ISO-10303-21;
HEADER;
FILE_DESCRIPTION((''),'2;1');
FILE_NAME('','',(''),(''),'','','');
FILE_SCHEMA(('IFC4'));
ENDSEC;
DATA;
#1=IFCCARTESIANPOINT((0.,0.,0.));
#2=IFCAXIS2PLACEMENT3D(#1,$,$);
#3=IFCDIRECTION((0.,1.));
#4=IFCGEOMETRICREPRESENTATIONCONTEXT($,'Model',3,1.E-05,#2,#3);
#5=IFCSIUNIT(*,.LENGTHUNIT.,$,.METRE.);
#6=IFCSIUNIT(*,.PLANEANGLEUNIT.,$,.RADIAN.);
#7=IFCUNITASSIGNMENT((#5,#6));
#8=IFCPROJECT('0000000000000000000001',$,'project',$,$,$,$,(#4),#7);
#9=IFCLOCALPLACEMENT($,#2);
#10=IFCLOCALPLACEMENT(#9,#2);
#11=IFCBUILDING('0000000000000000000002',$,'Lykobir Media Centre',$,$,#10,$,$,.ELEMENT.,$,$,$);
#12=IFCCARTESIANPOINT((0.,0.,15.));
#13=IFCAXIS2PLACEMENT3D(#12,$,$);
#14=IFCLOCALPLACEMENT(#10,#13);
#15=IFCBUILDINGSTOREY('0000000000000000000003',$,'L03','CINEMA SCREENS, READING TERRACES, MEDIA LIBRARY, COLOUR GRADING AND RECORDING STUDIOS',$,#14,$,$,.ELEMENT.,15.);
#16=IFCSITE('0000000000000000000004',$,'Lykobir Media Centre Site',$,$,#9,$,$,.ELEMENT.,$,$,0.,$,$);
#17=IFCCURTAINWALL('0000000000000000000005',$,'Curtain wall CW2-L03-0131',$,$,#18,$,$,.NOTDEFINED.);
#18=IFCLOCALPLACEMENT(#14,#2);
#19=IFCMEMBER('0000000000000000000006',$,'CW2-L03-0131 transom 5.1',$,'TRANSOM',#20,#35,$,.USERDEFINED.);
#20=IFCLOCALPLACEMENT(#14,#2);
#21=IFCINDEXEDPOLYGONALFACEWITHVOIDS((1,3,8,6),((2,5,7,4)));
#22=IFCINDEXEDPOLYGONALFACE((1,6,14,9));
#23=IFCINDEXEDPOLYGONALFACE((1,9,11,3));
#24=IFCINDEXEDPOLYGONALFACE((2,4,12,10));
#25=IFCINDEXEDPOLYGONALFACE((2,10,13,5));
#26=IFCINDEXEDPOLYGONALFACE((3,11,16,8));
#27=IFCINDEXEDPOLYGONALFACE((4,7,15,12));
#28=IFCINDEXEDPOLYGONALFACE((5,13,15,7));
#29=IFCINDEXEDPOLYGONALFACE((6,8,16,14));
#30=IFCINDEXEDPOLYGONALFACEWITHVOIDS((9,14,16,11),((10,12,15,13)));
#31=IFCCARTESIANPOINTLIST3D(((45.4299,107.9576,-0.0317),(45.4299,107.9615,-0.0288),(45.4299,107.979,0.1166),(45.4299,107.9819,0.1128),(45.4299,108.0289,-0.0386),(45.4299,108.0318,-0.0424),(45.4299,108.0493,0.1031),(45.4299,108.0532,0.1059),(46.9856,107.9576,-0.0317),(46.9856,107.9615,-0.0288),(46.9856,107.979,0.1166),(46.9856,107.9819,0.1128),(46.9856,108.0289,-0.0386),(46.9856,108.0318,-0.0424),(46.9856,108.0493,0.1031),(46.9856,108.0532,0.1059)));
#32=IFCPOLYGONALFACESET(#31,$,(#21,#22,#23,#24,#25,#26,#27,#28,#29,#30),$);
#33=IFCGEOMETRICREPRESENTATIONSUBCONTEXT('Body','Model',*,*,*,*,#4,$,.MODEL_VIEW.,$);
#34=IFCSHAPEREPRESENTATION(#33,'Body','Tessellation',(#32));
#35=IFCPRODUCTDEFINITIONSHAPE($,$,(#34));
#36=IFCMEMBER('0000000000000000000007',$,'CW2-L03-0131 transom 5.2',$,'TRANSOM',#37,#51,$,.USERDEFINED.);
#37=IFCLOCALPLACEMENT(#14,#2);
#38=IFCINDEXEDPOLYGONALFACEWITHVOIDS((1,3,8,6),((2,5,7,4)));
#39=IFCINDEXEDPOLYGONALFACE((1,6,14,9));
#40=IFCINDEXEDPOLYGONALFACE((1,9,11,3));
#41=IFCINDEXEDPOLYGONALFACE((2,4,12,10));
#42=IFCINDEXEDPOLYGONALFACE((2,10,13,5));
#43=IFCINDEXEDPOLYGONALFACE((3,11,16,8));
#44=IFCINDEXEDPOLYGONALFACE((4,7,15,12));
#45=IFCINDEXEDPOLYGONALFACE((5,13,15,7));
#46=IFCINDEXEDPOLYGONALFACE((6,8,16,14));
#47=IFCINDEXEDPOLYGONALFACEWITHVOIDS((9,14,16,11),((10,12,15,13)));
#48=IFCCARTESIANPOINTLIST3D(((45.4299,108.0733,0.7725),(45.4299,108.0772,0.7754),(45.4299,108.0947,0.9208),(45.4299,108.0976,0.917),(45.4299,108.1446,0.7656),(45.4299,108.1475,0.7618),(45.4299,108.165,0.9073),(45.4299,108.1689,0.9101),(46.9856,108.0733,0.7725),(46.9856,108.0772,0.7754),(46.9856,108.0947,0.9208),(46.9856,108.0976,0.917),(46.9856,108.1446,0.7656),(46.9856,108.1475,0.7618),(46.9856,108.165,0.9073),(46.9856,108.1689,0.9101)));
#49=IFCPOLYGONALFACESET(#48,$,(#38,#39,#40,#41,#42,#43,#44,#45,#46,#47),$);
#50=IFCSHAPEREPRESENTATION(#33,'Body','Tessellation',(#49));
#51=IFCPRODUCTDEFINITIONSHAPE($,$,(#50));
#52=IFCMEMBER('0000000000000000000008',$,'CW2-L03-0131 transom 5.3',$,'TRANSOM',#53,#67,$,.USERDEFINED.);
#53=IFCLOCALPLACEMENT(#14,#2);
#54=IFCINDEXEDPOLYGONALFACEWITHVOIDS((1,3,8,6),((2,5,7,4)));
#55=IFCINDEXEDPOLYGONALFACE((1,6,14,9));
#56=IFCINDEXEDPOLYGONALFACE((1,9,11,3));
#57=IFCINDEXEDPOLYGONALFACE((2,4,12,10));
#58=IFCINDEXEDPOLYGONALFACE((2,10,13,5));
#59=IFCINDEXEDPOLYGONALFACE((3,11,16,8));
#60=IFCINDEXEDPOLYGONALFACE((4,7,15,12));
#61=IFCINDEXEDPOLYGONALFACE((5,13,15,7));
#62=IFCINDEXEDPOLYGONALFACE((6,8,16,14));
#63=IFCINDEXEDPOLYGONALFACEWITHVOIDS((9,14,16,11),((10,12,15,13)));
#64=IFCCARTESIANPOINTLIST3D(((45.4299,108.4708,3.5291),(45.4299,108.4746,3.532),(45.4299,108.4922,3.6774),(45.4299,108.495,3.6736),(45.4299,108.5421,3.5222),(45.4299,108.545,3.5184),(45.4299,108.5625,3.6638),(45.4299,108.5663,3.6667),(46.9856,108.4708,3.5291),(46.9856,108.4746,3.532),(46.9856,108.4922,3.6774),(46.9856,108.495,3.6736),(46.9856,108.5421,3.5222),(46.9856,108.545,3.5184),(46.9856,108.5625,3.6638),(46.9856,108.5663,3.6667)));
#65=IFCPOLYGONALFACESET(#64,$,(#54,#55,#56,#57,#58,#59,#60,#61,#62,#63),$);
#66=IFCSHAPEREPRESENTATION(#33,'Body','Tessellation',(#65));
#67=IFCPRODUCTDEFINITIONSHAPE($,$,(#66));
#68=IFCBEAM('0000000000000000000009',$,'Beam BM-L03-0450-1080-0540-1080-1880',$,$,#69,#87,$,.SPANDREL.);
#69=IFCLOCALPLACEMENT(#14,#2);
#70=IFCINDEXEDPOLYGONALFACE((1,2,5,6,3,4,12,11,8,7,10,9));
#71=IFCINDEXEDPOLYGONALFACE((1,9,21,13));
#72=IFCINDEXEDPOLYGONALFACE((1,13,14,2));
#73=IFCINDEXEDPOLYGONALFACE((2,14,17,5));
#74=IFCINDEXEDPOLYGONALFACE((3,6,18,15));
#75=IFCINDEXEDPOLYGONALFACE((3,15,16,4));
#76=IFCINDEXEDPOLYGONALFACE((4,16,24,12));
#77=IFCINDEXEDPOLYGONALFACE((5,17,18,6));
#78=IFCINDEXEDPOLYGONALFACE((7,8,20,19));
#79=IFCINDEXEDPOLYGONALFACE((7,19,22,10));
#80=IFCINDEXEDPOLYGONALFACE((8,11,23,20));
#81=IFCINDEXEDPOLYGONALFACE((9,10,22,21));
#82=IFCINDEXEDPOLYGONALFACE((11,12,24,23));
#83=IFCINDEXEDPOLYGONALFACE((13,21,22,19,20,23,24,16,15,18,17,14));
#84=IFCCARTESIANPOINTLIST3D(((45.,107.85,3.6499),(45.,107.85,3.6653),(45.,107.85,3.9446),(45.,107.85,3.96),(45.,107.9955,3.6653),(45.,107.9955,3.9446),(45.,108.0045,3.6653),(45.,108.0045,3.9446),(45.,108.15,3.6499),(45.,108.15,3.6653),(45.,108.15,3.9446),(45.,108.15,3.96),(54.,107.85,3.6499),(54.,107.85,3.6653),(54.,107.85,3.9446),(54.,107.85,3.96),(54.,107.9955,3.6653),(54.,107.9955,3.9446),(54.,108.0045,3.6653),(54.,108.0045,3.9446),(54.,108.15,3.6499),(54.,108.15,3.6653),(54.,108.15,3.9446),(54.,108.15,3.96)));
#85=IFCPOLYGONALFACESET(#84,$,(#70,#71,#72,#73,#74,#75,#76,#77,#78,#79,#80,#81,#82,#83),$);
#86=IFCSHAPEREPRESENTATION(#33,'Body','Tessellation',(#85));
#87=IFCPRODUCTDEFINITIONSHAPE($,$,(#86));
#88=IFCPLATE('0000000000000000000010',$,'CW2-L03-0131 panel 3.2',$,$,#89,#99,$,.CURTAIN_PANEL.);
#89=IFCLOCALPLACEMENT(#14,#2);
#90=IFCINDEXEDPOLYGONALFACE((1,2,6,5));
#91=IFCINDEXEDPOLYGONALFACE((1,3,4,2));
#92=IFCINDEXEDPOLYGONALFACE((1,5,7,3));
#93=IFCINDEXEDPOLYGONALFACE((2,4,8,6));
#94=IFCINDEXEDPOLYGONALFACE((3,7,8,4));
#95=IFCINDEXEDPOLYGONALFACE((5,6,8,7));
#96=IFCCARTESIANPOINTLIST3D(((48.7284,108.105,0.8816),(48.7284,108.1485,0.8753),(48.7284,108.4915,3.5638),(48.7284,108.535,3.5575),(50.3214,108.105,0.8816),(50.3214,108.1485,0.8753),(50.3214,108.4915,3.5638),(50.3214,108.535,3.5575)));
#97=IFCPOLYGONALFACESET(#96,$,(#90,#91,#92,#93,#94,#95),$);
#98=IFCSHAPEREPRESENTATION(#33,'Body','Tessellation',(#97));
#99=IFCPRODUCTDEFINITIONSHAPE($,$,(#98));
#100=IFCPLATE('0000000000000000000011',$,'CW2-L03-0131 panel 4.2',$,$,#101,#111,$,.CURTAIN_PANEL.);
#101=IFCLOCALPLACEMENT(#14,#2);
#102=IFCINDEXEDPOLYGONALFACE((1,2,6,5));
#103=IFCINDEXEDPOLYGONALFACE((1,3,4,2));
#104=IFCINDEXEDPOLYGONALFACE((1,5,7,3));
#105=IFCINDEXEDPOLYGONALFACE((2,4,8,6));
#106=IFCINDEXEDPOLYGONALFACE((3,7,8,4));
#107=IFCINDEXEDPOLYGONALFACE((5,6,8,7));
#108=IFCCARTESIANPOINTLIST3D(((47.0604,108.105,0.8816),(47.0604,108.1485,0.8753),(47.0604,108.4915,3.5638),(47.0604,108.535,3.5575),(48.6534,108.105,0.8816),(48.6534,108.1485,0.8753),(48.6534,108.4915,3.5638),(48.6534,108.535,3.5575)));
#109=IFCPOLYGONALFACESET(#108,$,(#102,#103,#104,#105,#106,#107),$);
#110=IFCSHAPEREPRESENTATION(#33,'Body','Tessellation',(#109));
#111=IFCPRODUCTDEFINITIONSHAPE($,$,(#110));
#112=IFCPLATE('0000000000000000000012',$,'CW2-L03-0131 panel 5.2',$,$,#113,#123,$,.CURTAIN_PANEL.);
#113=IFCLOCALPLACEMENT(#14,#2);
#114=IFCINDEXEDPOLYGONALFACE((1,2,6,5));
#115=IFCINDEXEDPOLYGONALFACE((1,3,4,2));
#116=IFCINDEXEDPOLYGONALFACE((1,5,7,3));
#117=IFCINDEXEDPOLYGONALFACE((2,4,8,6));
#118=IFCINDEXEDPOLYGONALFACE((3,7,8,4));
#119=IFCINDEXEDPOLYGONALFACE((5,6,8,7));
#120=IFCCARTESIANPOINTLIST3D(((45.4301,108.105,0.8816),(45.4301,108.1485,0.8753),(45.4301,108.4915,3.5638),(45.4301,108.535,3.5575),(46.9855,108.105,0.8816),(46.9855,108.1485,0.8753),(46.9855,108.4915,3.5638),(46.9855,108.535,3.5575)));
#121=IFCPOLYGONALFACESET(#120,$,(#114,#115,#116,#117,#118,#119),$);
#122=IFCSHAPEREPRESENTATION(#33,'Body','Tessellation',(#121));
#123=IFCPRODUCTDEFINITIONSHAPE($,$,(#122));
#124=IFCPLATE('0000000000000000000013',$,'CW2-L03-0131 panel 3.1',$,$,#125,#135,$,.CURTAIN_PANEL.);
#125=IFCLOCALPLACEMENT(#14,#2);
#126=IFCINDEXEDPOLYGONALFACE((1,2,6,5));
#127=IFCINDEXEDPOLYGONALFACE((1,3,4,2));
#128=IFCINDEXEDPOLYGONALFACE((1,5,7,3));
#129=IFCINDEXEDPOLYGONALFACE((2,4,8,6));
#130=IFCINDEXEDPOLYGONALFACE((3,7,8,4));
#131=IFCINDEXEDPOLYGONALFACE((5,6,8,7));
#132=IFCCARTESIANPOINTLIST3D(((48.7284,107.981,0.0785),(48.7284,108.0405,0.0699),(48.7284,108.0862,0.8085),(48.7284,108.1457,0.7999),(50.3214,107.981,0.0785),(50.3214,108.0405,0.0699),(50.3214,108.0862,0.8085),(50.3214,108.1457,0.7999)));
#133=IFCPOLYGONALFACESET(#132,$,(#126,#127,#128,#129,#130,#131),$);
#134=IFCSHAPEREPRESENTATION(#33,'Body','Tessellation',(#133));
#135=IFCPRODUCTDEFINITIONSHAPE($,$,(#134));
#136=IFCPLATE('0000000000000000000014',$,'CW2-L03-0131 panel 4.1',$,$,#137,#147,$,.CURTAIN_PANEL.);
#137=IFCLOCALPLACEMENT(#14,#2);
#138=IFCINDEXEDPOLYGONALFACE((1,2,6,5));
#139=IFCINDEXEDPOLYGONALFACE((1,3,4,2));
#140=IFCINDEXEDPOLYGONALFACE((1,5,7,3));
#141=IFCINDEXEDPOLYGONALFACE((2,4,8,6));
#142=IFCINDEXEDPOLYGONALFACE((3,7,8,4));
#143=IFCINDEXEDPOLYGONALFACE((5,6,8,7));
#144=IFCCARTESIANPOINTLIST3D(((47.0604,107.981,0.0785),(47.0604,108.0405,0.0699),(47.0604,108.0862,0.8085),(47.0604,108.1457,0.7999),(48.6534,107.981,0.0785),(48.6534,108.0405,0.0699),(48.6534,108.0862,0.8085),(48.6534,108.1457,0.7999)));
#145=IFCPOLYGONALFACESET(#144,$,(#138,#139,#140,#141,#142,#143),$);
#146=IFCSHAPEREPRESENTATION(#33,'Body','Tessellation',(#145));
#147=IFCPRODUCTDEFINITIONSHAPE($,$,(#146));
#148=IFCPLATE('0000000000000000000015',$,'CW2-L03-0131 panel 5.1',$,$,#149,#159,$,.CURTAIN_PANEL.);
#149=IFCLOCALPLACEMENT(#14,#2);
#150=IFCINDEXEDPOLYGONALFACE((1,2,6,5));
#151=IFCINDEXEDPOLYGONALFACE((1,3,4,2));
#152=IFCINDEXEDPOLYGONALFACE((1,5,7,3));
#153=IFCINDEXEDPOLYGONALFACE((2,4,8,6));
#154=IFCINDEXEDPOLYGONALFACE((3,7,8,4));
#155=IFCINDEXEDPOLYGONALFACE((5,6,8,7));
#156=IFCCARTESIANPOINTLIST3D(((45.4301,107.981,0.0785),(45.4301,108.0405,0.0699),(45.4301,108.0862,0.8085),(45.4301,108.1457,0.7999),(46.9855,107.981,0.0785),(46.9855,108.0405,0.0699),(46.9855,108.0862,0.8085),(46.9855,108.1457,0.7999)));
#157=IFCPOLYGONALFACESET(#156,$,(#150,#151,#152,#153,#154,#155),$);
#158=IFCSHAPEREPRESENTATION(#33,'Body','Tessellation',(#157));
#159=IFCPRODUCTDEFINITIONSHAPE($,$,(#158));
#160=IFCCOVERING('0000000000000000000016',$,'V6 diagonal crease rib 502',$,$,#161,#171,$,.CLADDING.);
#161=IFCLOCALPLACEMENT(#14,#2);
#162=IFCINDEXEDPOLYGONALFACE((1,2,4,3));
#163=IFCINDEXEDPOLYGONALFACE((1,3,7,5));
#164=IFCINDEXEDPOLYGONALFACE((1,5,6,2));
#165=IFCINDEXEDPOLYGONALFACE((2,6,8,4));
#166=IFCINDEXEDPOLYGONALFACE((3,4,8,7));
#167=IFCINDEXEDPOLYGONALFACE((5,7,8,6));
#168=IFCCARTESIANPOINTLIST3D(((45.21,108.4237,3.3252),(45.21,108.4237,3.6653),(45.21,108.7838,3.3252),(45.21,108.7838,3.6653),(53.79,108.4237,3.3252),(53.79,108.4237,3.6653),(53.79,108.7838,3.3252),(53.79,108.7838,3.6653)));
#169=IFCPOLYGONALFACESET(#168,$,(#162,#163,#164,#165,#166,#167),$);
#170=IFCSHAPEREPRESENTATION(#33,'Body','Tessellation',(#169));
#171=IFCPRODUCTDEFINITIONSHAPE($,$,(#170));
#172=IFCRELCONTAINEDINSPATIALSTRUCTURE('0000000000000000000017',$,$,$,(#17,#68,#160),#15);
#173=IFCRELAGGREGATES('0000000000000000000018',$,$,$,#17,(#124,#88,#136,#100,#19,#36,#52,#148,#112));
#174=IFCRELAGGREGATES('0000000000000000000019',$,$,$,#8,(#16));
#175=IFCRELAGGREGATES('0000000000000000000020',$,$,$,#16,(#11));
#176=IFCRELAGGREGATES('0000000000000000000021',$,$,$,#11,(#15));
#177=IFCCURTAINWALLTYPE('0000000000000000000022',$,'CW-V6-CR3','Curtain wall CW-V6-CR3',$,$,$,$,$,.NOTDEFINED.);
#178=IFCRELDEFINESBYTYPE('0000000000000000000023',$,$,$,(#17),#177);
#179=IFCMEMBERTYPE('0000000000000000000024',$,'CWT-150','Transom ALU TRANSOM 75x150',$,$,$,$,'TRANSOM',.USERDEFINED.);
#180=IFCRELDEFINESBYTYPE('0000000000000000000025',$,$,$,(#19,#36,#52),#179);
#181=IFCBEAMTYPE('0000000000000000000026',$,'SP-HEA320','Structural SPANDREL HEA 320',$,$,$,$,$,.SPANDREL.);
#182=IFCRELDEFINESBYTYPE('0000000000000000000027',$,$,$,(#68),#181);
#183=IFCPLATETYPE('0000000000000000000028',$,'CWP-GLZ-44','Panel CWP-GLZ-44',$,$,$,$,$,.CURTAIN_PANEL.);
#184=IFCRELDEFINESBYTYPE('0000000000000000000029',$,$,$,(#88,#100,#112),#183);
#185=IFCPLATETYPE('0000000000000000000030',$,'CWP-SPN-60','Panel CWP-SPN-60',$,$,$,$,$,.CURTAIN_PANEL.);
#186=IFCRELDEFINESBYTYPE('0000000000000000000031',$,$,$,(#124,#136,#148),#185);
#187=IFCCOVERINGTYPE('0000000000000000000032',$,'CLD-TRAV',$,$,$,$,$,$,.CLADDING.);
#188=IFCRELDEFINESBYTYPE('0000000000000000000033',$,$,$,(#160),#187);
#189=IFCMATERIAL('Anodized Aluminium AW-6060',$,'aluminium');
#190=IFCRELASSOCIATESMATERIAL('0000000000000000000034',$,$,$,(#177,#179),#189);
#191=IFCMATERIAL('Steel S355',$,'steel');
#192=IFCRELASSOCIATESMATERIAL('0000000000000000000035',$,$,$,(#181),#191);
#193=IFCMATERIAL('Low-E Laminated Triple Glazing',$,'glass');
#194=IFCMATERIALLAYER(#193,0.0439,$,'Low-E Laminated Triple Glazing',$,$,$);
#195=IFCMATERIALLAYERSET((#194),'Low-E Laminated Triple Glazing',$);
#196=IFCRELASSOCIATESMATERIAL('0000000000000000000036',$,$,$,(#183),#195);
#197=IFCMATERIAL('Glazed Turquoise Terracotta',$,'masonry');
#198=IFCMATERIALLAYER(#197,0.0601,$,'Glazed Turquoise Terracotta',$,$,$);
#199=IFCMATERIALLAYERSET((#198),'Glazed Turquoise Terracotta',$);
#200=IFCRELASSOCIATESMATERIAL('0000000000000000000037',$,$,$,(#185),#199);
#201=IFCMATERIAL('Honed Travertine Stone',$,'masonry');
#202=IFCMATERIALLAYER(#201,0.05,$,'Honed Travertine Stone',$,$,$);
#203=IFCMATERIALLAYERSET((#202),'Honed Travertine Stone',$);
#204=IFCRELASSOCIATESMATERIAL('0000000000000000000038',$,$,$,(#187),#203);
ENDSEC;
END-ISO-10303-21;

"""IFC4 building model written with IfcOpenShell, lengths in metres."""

from ifc_helpers import new_model, si_unit, direction, frame, origin, origin_2d, place, context, subcontext, project, spatial, rectangle, hollow_rectangle, i_section, extrude, material, layer, layer_set, material_profile, profile_set, type_object, element, aggregate, save


model = new_model("IFC4")

# Units and contexts
model_context = context("Model", 3, precision=1e-05, world=origin(), true_north=direction((0.0, 1.0)))
body_context = subcontext(model_context, "Body", "Model", "MODEL_VIEW")
ifc_project = project(units=[si_unit("LENGTHUNIT", "METRE"), si_unit("PLANEANGLEUNIT", "RADIAN")], contexts=[model_context])

# Site, building, storey
site_placement = place(None, origin())
site = spatial("IfcSite", under=ifc_project, at=site_placement, Name="Lykobir Media Centre Site", CompositionType="ELEMENT", RefElevation=0.0)
building_placement = place(site_placement, origin())
building = spatial("IfcBuilding", under=site, at=building_placement, Name="Lykobir Media Centre", CompositionType="ELEMENT")
storey_placement = place(building_placement, frame((0.0, 0.0, 15.0)))
storey = spatial("IfcBuildingStorey", under=building, at=storey_placement, Name="L03", Description="CINEMA SCREENS, READING TERRACES, MEDIA LIBRARY, COLOUR GRADING AND RECORDING STUDIOS", CompositionType="ELEMENT", Elevation=15.0)

# Curtain wall, members
ifc_material_1 = material(Name="Anodized Aluminium AW-6060", Category="aluminium")
curtain_wall_type = type_object("IfcCurtainWallType", Name="CW-V6-CR3", Description="Curtain wall CW-V6-CR3", PredefinedType="NOTDEFINED", material=ifc_material_1)
curtain_wall_placement = place(storey_placement, origin())
curtain_wall = element("IfcCurtainWall", 1, at=curtain_wall_placement, inside=storey, type_object=curtain_wall_type, Name="Curtain wall CW2-L03-0131", PredefinedType="NOTDEFINED")
ifc_material_profile_1 = material_profile(ifc_material_1, hollow_rectangle(XDim=0.075, YDim=0.1499, WallThickness=0.0034, at=origin_2d()), Name="ALU TRANSOM 75x150")
ifc_profile_set_1 = profile_set([ifc_material_profile_1], Name="Anodized Aluminium AW-6060")
member_type_1 = type_object("IfcMemberType", Name="CWT-150", Description="Transom ALU TRANSOM 75x150", ElementType="TRANSOM", PredefinedType="USERDEFINED", material=ifc_profile_set_1)
member_1_placement = place(storey_placement, frame((46.9856, 108.0054, 0.0371), z_axis=(-1.0, 0.0, 0.0), x_axis=(0.0, -0.989776, 0.142629)))
member_1 = element("IfcMember", 2, at=member_1_placement, type_object=member_type_1, Name="CW2-L03-0131 transom 5.1", ObjectType="TRANSOM", PredefinedType="USERDEFINED", context=body_context, shape_type="SweptSolid", body=[
    extrude(hollow_rectangle(XDim=0.075, YDim=0.1499, WallThickness=0.0034, at=origin_2d()), origin(), (0.0, 0.0, 1.0), 1.5557),
])
member_2_placement = place(storey_placement, frame((46.9856, 108.1211, 0.8413), z_axis=(-1.0, 0.0, 0.0), x_axis=(0.0, -0.989776, 0.142629)))
member_2 = element("IfcMember", 3, at=member_2_placement, type_object=member_type_1, Name="CW2-L03-0131 transom 5.2", ObjectType="TRANSOM", PredefinedType="USERDEFINED", context=body_context, shape_type="SweptSolid", body=[
    extrude(hollow_rectangle(XDim=0.075, YDim=0.1499, WallThickness=0.0034, at=origin_2d()), origin(), (0.0, 0.0, 1.0), 1.5557),
])
member_3_placement = place(storey_placement, frame((46.9856, 108.5186, 3.5979), z_axis=(-1.0, 0.0, 0.0), x_axis=(0.0, -0.989776, 0.142629)))
member_3 = element("IfcMember", 4, at=member_3_placement, type_object=member_type_1, Name="CW2-L03-0131 transom 5.3", ObjectType="TRANSOM", PredefinedType="USERDEFINED", context=body_context, shape_type="SweptSolid", body=[
    extrude(hollow_rectangle(XDim=0.075, YDim=0.1499, WallThickness=0.0034, at=origin_2d()), origin(), (0.0, 0.0, 1.0), 1.5557),
])

# Beam
ifc_material_2 = material(Name="Steel S355", Category="steel")
ifc_material_profile_2 = material_profile(ifc_material_2, i_section(OverallWidth=0.3, OverallDepth=0.3101, WebThickness=0.009, FlangeThickness=0.0154, at=origin_2d()), Name="HEA 320")
ifc_profile_set_2 = profile_set([ifc_material_profile_2], Name="Steel S355")
beam_type = type_object("IfcBeamType", Name="SP-HEA320", Description="Structural SPANDREL HEA 320", PredefinedType="SPANDREL", material=ifc_profile_set_2)
beam_placement = place(storey_placement, frame((45.0, 108.0, 3.8049), z_axis=(1.0, 0.0, 0.0), x_axis=(0.0, 1.0, 0.0)))
element("IfcBeam", 5, at=beam_placement, inside=storey, type_object=beam_type, Name="Beam BM-L03-0450-1080-0540-1080-1880", PredefinedType="SPANDREL", context=body_context, shape_type="SweptSolid", body=[
    extrude(i_section(OverallWidth=0.3, OverallDepth=0.3101, WebThickness=0.009, FlangeThickness=0.0154, at=origin_2d()), origin(), (0.0, 0.0, 1.0), 9.0),
])

# Plates
ifc_material_3 = material(Name="Low-E Laminated Triple Glazing", Category="glass")
ifc_layer_1 = layer(ifc_material_3, 0.0439, Name="Low-E Laminated Triple Glazing")
ifc_layer_set_1 = layer_set([ifc_layer_1], Name="Low-E Laminated Triple Glazing")
plate_type_1 = type_object("IfcPlateType", Name="CWP-GLZ-44", Description="Panel CWP-GLZ-44", PredefinedType="CURTAIN_PANEL", material=ifc_layer_set_1)
plate_1_placement = place(storey_placement, frame((49.5249, 108.1267, 0.8784), z_axis=(0.0, 0.142629, 0.989776), x_axis=(-1.0, 0.0, 0.0)))
plate_1 = element("IfcPlate", 6, at=plate_1_placement, type_object=plate_type_1, Name="CW2-L03-0131 panel 3.2", PredefinedType="CURTAIN_PANEL", context=body_context, shape_type="SweptSolid", body=[
    extrude(rectangle(XDim=1.593, YDim=0.0439, at=origin_2d()), origin(), (0.0, 0.0, 1.0), 2.71),
])
plate_2_placement = place(storey_placement, frame((47.8569, 108.1267, 0.8784), z_axis=(0.0, 0.142629, 0.989776), x_axis=(-1.0, 0.0, 0.0)))
plate_2 = element("IfcPlate", 7, at=plate_2_placement, type_object=plate_type_1, Name="CW2-L03-0131 panel 4.2", PredefinedType="CURTAIN_PANEL", context=body_context, shape_type="SweptSolid", body=[
    extrude(rectangle(XDim=1.593, YDim=0.0439, at=origin_2d()), origin(), (0.0, 0.0, 1.0), 2.71),
])
plate_3_placement = place(storey_placement, frame((46.2078, 108.1267, 0.8784), z_axis=(0.0, 0.142629, 0.989776), x_axis=(-1.0, 0.0, 0.0)))
plate_3 = element("IfcPlate", 8, at=plate_3_placement, type_object=plate_type_1, Name="CW2-L03-0131 panel 5.2", PredefinedType="CURTAIN_PANEL", context=body_context, shape_type="SweptSolid", body=[
    extrude(rectangle(XDim=1.5554, YDim=0.0439, at=origin_2d()), origin(), (0.0, 0.0, 1.0), 2.71),
])
ifc_material_4 = material(Name="Glazed Turquoise Terracotta", Category="masonry")
ifc_layer_2 = layer(ifc_material_4, 0.0601, Name="Glazed Turquoise Terracotta")
ifc_layer_set_2 = layer_set([ifc_layer_2], Name="Glazed Turquoise Terracotta")
plate_type_2 = type_object("IfcPlateType", Name="CWP-SPN-60", Description="Panel CWP-SPN-60", PredefinedType="CURTAIN_PANEL", material=ifc_layer_set_2)
plate_4_placement = place(storey_placement, frame((49.5249, 108.0107, 0.0742), z_axis=(0.0, 0.142629, 0.989776), x_axis=(-1.0, 0.0, 0.0)))
plate_4 = element("IfcPlate", 9, at=plate_4_placement, type_object=plate_type_2, Name="CW2-L03-0131 panel 3.1", PredefinedType="CURTAIN_PANEL", context=body_context, shape_type="SweptSolid", body=[
    extrude(rectangle(XDim=1.593, YDim=0.0601, at=origin_2d()), origin(), (0.0, 0.0, 1.0), 0.7375),
])
plate_5_placement = place(storey_placement, frame((47.8569, 108.0107, 0.0742), z_axis=(0.0, 0.142629, 0.989776), x_axis=(-1.0, 0.0, 0.0)))
plate_5 = element("IfcPlate", 10, at=plate_5_placement, type_object=plate_type_2, Name="CW2-L03-0131 panel 4.1", PredefinedType="CURTAIN_PANEL", context=body_context, shape_type="SweptSolid", body=[
    extrude(rectangle(XDim=1.593, YDim=0.0601, at=origin_2d()), origin(), (0.0, 0.0, 1.0), 0.7375),
])
plate_6_placement = place(storey_placement, frame((46.2078, 108.0107, 0.0742), z_axis=(0.0, 0.142629, 0.989776), x_axis=(-1.0, 0.0, 0.0)))
plate_6 = element("IfcPlate", 11, at=plate_6_placement, type_object=plate_type_2, Name="CW2-L03-0131 panel 5.1", PredefinedType="CURTAIN_PANEL", context=body_context, shape_type="SweptSolid", body=[
    extrude(rectangle(XDim=1.5554, YDim=0.0601, at=origin_2d()), origin(), (0.0, 0.0, 1.0), 0.7375),
])
aggregate(curtain_wall, [plate_4, plate_1, plate_5, plate_2, member_1, member_2, member_3, plate_6, plate_3])

# Covering
ifc_material_5 = material(Name="Honed Travertine Stone", Category="masonry")
ifc_layer_3 = layer(ifc_material_5, 0.05, Name="Honed Travertine Stone")
ifc_layer_set_3 = layer_set([ifc_layer_3], Name="Honed Travertine Stone")
covering_type = type_object("IfcCoveringType", Name="CLD-TRAV", PredefinedType="CLADDING", material=ifc_layer_set_3)
covering_placement = place(storey_placement, frame((49.5, 108.6038, 3.3252), z_axis=(0.0, 0.0, 1.0), x_axis=(-1.0, 0.0, 0.0)))
element("IfcCovering", 12, at=covering_placement, inside=storey, type_object=covering_type, Name="V6 diagonal crease rib 502", PredefinedType="CLADDING", context=body_context, shape_type="SweptSolid", body=[
    extrude(rectangle(XDim=8.5801, YDim=0.3601, at=origin_2d()), origin(), (0.0, 0.0, 1.0), 0.3401),
])

save(model, "model.ifc")
